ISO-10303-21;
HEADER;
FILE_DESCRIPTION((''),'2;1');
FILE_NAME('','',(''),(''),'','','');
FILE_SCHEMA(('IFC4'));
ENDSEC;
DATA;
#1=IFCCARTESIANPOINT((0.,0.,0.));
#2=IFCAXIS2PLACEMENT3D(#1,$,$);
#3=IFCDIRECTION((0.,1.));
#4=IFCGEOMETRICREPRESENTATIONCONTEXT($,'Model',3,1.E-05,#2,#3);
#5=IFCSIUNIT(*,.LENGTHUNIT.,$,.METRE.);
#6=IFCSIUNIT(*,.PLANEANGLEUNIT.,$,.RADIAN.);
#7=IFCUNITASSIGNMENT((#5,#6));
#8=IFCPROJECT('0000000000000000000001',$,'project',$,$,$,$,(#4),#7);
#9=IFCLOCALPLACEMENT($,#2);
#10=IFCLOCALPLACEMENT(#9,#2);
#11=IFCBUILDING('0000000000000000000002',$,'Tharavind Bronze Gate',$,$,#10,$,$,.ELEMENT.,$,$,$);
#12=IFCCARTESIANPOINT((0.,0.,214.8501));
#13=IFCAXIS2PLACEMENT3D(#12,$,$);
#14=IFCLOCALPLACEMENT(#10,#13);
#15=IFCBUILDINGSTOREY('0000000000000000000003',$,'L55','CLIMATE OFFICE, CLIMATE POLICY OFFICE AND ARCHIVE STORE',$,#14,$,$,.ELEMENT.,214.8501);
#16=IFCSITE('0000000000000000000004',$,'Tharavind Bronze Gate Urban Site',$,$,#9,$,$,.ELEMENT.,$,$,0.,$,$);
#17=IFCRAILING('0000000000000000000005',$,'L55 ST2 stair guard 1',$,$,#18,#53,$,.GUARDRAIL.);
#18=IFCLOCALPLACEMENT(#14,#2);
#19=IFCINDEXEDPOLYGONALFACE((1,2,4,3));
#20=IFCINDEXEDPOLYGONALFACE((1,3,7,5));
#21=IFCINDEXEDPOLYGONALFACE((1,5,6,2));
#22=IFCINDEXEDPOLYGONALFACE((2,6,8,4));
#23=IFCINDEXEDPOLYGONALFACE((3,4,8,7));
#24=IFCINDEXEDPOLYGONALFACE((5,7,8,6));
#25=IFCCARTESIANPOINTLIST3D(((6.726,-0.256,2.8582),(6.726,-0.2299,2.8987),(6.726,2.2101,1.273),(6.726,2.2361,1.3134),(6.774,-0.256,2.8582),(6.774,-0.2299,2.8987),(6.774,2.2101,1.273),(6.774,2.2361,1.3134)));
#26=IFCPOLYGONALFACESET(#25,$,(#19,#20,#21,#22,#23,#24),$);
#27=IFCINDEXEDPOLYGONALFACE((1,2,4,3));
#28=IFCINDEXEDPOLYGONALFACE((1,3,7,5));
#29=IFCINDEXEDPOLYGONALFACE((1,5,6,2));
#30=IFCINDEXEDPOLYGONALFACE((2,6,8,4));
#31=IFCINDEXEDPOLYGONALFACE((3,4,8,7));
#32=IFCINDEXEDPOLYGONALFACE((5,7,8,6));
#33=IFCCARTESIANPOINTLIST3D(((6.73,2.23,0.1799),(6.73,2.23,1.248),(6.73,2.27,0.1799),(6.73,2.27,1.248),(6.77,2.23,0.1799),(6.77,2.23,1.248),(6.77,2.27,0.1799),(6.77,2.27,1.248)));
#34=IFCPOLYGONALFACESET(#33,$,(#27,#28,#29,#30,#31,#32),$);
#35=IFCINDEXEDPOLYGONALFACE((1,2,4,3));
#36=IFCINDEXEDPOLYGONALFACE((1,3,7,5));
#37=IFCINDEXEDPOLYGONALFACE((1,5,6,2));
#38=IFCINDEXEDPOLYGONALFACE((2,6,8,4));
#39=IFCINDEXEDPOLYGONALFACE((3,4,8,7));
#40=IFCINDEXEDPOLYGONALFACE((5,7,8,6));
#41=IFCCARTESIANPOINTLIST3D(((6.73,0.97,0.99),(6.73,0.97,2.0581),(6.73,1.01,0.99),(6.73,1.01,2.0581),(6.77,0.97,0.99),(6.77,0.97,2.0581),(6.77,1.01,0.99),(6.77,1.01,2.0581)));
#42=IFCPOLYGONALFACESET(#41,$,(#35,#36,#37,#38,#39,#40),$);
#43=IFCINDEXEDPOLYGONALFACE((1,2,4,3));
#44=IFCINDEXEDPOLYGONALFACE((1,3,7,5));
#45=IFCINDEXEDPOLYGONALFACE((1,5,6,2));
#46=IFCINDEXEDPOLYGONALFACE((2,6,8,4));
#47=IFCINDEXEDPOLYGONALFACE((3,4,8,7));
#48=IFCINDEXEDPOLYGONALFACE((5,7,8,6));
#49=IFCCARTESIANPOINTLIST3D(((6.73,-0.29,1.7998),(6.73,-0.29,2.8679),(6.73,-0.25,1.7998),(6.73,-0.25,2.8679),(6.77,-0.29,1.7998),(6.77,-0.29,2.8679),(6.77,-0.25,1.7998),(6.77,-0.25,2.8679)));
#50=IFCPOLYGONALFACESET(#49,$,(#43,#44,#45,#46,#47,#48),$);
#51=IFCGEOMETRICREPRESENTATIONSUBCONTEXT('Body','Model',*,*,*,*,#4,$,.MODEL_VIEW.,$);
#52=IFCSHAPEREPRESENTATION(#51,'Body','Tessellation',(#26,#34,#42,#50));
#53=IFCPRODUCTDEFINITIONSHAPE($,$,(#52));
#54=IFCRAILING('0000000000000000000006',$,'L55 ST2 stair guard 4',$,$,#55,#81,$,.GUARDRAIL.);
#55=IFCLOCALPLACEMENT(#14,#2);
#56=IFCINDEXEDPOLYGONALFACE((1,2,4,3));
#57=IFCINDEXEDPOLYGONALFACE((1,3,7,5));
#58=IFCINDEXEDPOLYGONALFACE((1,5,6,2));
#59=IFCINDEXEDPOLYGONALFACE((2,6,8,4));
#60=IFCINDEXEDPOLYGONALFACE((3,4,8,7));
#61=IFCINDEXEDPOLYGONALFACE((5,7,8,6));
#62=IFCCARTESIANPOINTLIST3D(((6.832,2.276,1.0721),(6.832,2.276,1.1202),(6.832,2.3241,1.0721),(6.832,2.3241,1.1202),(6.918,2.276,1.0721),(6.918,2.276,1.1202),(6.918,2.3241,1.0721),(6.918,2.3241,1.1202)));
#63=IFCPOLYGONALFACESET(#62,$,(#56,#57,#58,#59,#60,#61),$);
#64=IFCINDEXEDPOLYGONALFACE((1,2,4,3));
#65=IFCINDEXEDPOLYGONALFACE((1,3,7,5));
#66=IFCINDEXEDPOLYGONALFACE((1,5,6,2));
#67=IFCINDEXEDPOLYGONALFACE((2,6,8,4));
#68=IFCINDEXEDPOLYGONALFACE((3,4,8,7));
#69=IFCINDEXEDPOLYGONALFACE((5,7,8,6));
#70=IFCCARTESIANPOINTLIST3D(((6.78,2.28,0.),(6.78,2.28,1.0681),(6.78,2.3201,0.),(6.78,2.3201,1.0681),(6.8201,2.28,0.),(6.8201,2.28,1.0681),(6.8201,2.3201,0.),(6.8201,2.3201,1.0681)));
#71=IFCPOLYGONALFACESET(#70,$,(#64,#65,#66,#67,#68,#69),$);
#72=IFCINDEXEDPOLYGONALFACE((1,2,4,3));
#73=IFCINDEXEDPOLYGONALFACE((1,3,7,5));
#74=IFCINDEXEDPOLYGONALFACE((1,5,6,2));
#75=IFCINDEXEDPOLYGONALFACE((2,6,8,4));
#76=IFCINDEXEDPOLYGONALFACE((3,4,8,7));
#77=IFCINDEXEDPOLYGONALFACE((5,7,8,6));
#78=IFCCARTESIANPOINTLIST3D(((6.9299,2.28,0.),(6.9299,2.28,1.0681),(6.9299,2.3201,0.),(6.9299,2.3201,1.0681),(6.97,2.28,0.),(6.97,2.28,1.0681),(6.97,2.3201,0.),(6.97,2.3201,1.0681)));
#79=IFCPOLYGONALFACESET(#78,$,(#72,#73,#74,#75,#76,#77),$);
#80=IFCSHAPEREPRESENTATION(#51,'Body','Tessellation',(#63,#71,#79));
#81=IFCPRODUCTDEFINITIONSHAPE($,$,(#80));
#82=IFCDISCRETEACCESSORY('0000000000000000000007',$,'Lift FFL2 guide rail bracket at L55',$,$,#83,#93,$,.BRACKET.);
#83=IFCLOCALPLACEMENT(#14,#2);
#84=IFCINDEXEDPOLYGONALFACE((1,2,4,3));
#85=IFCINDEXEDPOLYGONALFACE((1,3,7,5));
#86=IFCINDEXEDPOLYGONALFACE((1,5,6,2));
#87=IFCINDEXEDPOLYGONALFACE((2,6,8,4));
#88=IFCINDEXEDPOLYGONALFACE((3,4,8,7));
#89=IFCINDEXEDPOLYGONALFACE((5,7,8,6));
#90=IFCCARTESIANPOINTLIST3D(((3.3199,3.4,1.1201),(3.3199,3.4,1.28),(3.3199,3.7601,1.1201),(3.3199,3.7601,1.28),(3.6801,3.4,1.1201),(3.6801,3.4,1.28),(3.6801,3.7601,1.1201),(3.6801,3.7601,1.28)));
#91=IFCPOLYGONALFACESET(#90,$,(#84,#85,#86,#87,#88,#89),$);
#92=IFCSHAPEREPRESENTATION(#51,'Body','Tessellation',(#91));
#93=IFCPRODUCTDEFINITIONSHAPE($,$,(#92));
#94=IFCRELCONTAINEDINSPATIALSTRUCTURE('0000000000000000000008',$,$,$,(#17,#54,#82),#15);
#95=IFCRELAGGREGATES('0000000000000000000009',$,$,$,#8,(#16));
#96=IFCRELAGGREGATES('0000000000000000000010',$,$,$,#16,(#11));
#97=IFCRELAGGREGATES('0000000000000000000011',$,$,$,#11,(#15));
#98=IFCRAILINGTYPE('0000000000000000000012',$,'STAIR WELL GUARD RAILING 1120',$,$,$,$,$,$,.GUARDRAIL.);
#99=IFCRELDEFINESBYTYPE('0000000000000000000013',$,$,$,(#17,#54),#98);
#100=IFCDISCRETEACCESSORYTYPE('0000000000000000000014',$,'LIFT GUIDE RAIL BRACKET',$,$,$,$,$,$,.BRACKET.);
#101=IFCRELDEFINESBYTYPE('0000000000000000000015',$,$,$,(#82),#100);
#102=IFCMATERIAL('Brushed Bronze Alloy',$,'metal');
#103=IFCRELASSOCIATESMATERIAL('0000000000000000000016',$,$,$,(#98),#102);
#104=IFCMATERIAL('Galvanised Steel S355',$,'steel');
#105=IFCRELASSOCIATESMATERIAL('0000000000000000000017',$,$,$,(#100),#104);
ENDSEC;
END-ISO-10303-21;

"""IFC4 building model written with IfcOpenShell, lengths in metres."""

from ifc_helpers import new_model, si_unit, direction, frame, origin, origin_2d, place, context, subcontext, project, spatial, rectangle, extrude, material, type_object, element, save


model = new_model("IFC4")

# Units and contexts
model_context = context("Model", 3, precision=1e-05, world=origin(), true_north=direction((0.0, 1.0)))
body_context = subcontext(model_context, "Body", "Model", "MODEL_VIEW")
ifc_project = project(units=[si_unit("LENGTHUNIT", "METRE"), si_unit("PLANEANGLEUNIT", "RADIAN")], contexts=[model_context])

# Site, building, storey
site_placement = place(None, origin())
site = spatial("IfcSite", under=ifc_project, at=site_placement, Name="Tharavind Bronze Gate Urban Site", CompositionType="ELEMENT", RefElevation=0.0)
building_placement = place(site_placement, origin())
building = spatial("IfcBuilding", under=site, at=building_placement, Name="Tharavind Bronze Gate", CompositionType="ELEMENT")
storey_placement = place(building_placement, frame((0.0, 0.0, 214.8501)))
storey = spatial("IfcBuildingStorey", under=building, at=storey_placement, Name="L55", Description="CLIMATE OFFICE, CLIMATE POLICY OFFICE AND ARCHIVE STORE", CompositionType="ELEMENT", Elevation=214.8501)

# Railings
ifc_material_1 = material(Name="Brushed Bronze Alloy", Category="metal")
railing_type_1 = type_object("IfcRailingType", Name="STAIR WELL GUARD RAILING 1120", PredefinedType="GUARDRAIL", material=ifc_material_1)
railing_1_placement = place(storey_placement, frame((6.75, 2.25, 0.1799)))
element("IfcRailing", 1, at=railing_1_placement, inside=storey, type_object=railing_type_1, Name="L55 ST2 stair guard 1", PredefinedType="GUARDRAIL", context=body_context, shape_type="SweptSolid", body=[
    extrude(rectangle(XDim=0.0481, YDim=0.0481, at=origin_2d()), frame((0.0, -0.0269, 1.1133), z_axis=(0.0, -0.8412, 0.540725), x_axis=(1.0, 0.0, 0.0)), (0.0, 0.0, 1.0), 2.9316),
    extrude(rectangle(XDim=0.04, YDim=0.04, at=origin_2d()), origin(), (0.0, 0.0, 1.0), 1.0681),
    extrude(rectangle(XDim=0.04, YDim=0.04, at=origin_2d()), frame((0.0, -1.26, 0.8101)), (0.0, 0.0, 1.0), 1.0681),
    extrude(rectangle(XDim=0.04, YDim=0.04, at=origin_2d()), frame((0.0, -2.52, 1.6199)), (0.0, 0.0, 1.0), 1.0681),
])
railing_2_placement = place(storey_placement, frame((6.8, 2.3, 0.0)))
element("IfcRailing", 2, at=railing_2_placement, inside=storey, type_object=railing_type_1, Name="L55 ST2 stair guard 4", PredefinedType="GUARDRAIL", context=body_context, shape_type="SweptSolid", body=[
    extrude(rectangle(XDim=0.0481, YDim=0.0481, at=origin_2d()), frame((0.032, 0.0, 1.0962), z_axis=(1.0, 0.0, 0.0), x_axis=(0.0, 1.0, 0.0)), (0.0, 0.0, 1.0), 0.0859),
    extrude(rectangle(XDim=0.04, YDim=0.04, at=origin_2d()), origin(), (0.0, 0.0, 1.0), 1.0681),
    extrude(rectangle(XDim=0.04, YDim=0.04, at=origin_2d()), frame((0.1499, 0.0, 0.0)), (0.0, 0.0, 1.0), 1.0681),
])

# Discrete accessory
ifc_material_2 = material(Name="Galvanised Steel S355", Category="steel")
discrete_accessory_type = type_object("IfcDiscreteAccessoryType", Name="LIFT GUIDE RAIL BRACKET", PredefinedType="BRACKET", material=ifc_material_2)
discrete_accessory_placement = place(storey_placement, frame((3.5, 3.5801, 1.1201), z_axis=(0.0, 0.0, 1.0), x_axis=(1.0, 0.0, 0.0)))
element("IfcDiscreteAccessory", 3, at=discrete_accessory_placement, inside=storey, type_object=discrete_accessory_type, Name="Lift FFL2 guide rail bracket at L55", PredefinedType="BRACKET", context=body_context, shape_type="SweptSolid", body=[
    extrude(rectangle(XDim=0.3601, YDim=0.3601, at=origin_2d()), origin(), (0.0, 0.0, 1.0), 0.1599),
])

save(model, "model.ifc")
